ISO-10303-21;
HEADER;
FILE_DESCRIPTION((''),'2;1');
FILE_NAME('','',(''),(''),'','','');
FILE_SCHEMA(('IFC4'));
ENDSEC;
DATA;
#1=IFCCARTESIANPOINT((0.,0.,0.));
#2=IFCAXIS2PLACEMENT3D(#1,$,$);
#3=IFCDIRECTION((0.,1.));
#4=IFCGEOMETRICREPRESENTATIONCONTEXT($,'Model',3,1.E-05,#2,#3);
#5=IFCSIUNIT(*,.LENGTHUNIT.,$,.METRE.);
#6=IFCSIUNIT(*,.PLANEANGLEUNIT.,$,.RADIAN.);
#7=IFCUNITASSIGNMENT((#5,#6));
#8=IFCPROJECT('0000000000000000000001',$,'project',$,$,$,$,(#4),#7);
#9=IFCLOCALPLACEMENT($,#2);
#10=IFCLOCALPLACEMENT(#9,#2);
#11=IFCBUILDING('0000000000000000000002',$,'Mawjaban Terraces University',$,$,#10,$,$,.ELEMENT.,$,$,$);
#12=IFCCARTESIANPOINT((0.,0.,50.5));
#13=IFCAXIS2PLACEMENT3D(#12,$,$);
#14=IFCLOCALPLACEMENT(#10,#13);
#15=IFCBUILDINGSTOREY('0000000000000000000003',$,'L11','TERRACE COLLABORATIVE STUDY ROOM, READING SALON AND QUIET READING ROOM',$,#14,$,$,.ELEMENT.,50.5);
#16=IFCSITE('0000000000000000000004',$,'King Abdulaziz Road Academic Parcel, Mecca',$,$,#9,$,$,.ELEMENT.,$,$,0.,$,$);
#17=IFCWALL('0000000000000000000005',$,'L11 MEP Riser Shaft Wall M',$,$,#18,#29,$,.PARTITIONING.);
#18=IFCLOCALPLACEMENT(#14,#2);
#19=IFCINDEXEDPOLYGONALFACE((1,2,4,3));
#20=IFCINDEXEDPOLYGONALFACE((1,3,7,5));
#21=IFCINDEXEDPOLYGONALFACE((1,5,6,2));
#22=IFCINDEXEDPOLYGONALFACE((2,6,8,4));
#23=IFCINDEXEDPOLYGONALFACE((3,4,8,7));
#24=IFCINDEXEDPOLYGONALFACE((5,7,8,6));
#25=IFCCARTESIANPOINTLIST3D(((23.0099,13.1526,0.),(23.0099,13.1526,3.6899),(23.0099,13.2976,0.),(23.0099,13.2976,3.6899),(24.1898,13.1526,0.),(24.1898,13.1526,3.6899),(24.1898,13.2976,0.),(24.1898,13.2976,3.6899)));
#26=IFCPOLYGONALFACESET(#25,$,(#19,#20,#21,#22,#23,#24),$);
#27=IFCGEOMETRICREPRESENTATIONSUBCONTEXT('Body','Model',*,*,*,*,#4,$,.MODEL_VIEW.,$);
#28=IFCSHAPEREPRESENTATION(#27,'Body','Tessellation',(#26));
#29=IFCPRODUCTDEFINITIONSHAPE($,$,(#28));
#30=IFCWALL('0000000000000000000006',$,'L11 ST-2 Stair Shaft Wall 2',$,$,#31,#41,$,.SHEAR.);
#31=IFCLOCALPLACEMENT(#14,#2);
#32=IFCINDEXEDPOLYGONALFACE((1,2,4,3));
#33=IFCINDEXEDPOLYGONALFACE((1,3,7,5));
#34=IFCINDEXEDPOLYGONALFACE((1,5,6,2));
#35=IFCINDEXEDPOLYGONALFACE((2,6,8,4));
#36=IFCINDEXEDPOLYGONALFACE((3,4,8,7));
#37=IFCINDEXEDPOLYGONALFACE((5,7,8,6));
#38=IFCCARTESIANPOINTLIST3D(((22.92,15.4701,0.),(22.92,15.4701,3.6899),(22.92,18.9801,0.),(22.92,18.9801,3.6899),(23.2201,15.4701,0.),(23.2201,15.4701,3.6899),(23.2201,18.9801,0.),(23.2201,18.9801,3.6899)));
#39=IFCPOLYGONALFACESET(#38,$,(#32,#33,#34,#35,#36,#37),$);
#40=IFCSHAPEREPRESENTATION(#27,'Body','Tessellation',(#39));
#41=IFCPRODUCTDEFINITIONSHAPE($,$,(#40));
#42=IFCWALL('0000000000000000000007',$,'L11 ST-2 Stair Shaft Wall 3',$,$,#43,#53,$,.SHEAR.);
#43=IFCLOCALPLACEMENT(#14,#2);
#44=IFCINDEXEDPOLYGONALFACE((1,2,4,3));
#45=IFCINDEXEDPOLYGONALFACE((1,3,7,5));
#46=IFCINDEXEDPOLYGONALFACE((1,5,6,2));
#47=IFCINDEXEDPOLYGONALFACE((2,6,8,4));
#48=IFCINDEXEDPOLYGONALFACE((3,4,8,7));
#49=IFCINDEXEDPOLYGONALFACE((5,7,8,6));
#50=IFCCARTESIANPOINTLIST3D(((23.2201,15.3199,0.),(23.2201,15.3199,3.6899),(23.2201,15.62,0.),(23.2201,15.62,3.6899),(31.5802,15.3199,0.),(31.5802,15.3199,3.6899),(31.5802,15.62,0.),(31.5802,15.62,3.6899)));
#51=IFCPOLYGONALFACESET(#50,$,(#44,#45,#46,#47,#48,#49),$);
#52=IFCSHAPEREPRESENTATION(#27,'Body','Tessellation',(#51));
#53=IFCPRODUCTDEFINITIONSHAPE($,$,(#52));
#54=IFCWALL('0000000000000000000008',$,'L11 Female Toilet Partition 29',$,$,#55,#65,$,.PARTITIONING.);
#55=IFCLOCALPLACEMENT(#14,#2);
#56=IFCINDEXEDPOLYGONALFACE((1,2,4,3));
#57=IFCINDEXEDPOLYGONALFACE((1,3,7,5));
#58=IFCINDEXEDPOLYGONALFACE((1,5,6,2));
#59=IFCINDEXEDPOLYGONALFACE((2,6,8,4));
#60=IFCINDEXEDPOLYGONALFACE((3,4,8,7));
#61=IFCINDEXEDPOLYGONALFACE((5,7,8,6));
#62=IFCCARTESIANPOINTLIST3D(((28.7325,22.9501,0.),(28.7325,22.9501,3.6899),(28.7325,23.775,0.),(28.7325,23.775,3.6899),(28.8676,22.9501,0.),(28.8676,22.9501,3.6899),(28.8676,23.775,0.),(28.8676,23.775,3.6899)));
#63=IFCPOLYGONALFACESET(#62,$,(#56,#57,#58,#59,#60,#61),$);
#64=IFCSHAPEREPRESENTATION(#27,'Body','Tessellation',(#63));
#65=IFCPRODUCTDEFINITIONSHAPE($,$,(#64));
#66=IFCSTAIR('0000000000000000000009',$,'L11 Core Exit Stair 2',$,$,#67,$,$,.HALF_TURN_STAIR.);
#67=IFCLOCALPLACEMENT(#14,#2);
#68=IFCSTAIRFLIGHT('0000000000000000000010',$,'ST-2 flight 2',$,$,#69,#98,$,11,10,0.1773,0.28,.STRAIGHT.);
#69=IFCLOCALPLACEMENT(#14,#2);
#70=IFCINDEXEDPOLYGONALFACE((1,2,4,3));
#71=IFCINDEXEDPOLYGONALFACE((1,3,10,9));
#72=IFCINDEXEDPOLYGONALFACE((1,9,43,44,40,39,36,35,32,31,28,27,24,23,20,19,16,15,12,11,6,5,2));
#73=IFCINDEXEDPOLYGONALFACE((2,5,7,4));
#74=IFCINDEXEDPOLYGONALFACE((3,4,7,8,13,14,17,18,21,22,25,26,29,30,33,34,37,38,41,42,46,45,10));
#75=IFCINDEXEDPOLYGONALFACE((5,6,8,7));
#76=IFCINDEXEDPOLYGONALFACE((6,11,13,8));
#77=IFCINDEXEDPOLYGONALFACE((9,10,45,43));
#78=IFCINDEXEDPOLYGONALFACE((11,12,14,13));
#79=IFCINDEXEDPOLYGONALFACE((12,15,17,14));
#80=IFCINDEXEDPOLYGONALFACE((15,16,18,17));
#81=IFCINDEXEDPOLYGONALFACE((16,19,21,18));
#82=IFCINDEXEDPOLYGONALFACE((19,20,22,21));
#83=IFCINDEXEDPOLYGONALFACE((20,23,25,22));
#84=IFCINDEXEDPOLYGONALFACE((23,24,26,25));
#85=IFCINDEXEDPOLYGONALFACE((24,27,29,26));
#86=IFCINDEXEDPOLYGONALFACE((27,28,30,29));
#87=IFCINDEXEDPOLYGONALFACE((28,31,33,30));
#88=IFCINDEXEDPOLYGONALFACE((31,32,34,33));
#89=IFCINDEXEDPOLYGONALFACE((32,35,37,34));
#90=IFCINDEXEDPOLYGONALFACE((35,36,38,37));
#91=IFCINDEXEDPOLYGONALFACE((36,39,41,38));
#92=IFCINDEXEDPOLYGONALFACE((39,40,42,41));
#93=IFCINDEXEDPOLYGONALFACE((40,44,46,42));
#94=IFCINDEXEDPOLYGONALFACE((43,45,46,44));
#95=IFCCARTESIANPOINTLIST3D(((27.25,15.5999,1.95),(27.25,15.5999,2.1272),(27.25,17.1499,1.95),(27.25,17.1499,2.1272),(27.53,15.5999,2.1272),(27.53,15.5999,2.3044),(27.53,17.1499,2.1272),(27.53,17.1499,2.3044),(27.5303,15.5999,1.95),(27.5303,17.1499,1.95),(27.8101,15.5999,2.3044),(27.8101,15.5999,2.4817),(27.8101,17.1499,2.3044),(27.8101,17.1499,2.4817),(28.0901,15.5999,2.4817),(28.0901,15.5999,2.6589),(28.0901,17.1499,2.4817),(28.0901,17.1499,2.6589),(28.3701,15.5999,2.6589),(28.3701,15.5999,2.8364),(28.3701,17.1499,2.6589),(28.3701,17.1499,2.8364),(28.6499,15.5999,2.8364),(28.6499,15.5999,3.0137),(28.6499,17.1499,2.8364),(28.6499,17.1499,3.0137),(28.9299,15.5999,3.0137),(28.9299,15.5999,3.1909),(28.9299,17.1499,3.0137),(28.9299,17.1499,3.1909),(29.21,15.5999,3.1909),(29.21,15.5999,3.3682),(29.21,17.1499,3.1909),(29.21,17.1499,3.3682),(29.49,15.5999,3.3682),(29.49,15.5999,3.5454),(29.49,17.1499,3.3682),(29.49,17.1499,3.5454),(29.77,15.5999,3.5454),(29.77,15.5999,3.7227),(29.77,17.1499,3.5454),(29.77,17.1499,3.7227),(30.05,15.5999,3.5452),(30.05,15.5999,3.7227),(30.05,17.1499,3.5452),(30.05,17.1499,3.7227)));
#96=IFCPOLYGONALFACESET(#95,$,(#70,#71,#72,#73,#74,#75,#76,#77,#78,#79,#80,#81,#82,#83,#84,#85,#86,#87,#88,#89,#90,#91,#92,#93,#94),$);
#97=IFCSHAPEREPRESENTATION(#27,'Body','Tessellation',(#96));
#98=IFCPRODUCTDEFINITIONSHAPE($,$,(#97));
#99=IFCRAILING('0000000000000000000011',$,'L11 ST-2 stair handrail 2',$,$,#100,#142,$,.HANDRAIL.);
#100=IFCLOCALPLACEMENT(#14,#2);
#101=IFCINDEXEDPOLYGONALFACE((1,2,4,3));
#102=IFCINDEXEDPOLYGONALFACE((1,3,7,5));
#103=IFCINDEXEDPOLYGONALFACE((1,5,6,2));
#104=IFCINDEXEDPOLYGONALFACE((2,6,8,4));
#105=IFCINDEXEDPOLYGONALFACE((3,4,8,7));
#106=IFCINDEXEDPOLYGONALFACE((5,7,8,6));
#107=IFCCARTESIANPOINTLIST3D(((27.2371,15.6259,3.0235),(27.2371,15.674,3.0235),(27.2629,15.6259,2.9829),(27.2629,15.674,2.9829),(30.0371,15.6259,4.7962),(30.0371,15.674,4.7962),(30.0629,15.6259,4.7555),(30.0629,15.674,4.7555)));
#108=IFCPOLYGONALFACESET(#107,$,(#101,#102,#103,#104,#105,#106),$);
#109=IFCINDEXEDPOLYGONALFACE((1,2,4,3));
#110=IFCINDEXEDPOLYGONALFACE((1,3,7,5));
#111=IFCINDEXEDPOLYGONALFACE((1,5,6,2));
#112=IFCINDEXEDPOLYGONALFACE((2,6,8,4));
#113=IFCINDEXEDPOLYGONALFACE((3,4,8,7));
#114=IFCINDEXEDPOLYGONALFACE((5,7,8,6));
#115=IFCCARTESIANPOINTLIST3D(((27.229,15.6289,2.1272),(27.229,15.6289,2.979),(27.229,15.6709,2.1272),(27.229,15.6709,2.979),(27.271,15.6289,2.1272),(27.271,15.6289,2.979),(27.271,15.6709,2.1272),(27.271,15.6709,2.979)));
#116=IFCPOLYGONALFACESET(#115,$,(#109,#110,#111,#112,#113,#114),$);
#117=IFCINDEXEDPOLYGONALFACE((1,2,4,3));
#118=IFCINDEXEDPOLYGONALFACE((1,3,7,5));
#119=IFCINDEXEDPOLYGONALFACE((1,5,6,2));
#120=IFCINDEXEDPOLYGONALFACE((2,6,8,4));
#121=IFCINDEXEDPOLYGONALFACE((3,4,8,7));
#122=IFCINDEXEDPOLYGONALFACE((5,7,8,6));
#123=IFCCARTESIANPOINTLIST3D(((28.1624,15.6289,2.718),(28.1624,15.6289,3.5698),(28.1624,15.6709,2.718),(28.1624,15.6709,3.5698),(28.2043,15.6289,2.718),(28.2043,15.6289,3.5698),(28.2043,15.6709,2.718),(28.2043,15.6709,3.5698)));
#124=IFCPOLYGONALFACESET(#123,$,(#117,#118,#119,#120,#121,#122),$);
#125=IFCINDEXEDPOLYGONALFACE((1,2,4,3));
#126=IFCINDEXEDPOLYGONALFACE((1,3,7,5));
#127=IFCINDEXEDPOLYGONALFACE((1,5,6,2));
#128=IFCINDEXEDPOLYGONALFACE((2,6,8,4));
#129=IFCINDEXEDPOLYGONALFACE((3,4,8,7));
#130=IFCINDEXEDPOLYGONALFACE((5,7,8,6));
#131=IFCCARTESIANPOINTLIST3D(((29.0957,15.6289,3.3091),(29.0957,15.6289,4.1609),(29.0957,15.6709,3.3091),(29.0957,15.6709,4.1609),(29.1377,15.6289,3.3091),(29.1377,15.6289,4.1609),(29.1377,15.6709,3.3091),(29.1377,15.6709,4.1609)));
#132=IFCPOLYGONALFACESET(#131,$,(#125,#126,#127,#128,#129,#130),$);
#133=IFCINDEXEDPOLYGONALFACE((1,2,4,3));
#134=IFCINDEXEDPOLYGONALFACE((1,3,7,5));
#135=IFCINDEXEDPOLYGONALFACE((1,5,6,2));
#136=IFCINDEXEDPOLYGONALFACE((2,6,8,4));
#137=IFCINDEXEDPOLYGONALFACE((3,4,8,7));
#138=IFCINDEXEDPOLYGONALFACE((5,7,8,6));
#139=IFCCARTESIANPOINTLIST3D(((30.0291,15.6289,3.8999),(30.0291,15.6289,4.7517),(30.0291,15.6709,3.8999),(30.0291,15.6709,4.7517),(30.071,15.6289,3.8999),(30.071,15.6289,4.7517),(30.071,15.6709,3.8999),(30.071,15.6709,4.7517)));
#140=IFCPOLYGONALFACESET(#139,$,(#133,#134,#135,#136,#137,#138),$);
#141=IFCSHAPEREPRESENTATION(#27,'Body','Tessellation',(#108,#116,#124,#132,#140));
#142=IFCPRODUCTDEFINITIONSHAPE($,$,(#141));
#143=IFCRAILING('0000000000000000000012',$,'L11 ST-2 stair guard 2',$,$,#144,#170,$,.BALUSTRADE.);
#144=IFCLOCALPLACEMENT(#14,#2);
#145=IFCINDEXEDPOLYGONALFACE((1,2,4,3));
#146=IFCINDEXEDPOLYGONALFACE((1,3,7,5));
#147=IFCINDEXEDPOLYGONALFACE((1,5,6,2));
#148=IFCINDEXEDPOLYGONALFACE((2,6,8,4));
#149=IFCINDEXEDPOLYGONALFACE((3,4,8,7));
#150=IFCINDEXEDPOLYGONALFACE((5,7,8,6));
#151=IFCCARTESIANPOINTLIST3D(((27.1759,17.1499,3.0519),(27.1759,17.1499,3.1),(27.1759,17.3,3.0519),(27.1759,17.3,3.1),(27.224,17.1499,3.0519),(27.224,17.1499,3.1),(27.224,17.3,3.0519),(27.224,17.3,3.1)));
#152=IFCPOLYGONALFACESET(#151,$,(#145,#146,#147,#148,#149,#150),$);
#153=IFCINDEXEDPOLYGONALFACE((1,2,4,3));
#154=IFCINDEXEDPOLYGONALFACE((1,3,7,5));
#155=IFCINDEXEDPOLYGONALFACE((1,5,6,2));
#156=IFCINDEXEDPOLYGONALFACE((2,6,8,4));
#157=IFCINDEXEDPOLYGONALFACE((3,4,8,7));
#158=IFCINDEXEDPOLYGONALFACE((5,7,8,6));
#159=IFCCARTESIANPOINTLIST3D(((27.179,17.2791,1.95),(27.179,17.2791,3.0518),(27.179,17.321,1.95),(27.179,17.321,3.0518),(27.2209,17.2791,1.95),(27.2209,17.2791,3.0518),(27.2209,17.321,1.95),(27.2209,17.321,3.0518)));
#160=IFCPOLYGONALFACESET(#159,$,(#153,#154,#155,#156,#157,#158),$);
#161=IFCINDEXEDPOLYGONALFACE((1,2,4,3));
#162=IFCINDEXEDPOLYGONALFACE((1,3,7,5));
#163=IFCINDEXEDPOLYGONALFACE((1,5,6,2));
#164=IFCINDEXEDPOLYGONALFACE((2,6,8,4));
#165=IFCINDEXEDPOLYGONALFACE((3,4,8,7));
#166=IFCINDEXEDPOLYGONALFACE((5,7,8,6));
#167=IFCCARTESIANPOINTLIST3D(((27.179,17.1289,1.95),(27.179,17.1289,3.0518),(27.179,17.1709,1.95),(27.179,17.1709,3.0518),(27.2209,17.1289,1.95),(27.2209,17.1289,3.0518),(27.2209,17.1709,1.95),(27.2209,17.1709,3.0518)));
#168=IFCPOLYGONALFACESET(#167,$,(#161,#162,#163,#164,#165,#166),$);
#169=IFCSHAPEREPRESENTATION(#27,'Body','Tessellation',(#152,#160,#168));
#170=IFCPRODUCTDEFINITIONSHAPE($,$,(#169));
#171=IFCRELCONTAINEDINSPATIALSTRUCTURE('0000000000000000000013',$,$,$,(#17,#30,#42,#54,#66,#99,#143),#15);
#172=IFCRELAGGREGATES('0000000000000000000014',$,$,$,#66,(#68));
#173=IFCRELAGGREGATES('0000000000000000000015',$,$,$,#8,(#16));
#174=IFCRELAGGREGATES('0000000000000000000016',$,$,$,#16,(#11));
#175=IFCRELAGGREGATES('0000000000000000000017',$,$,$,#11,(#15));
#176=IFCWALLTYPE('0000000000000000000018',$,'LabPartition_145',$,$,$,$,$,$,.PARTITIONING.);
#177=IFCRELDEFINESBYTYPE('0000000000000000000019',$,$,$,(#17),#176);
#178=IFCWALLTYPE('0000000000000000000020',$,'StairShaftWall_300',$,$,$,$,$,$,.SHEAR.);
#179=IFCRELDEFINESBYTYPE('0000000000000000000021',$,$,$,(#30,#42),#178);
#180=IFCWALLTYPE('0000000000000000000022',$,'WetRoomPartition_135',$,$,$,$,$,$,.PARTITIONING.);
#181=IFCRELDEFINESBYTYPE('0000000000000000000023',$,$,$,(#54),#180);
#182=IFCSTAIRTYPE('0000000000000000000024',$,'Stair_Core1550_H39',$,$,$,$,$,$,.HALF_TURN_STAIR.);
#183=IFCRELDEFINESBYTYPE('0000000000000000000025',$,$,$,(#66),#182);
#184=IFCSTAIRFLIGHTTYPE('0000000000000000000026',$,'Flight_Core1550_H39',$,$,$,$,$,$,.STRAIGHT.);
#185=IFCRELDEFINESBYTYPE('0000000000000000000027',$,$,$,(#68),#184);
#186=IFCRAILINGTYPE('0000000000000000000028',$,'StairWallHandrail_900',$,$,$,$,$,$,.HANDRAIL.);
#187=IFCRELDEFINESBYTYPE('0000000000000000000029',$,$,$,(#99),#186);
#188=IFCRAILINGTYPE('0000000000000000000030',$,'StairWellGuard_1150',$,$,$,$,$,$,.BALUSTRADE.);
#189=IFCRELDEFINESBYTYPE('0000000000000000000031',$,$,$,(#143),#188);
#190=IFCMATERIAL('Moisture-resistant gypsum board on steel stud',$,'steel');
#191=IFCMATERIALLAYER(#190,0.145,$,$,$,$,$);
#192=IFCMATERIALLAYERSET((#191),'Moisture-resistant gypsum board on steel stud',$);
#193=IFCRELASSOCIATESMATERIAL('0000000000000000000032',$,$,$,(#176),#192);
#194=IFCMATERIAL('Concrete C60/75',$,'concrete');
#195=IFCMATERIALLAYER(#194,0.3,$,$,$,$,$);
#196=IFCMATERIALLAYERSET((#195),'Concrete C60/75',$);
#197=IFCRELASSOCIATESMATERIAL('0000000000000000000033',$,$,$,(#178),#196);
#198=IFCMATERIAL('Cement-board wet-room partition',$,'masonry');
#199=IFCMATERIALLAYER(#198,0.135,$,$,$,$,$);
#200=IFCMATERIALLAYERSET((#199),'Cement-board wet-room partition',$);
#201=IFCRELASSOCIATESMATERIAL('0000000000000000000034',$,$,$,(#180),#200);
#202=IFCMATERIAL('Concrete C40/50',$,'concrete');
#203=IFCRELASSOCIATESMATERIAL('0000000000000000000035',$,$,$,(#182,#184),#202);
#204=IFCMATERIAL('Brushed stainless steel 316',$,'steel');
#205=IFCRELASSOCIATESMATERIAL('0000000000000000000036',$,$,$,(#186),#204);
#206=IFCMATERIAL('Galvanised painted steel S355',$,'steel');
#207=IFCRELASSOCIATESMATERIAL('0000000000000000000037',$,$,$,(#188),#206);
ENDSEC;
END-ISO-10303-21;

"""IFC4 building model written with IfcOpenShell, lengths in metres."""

from ifc_helpers import new_model, si_unit, direction, frame, frame_2d, origin, origin_2d, place, context, subcontext, project, spatial, polyline, rectangle, outline, extrude, material, layer, layer_set, type_object, element, aggregate, save


model = new_model("IFC4")

# Units and contexts
model_context = context("Model", 3, precision=1e-05, world=origin(), true_north=direction((0.0, 1.0)))
body_context = subcontext(model_context, "Body", "Model", "MODEL_VIEW")
ifc_project = project(units=[si_unit("LENGTHUNIT", "METRE"), si_unit("PLANEANGLEUNIT", "RADIAN")], contexts=[model_context])

# Site, building, storey
site_placement = place(None, origin())
site = spatial("IfcSite", under=ifc_project, at=site_placement, Name="King Abdulaziz Road Academic Parcel, Mecca", CompositionType="ELEMENT", RefElevation=0.0)
building_placement = place(site_placement, origin())
building = spatial("IfcBuilding", under=site, at=building_placement, Name="Mawjaban Terraces University", CompositionType="ELEMENT")
storey_placement = place(building_placement, frame((0.0, 0.0, 50.5)))
storey = spatial("IfcBuildingStorey", under=building, at=storey_placement, Name="L11", Description="TERRACE COLLABORATIVE STUDY ROOM, READING SALON AND QUIET READING ROOM", CompositionType="ELEMENT", Elevation=50.5)

# Walls
ifc_material_1 = material(Name="Concrete C40/50", Category="concrete")
ifc_material_2 = material(Name="Moisture-resistant gypsum board on steel stud", Category="steel")
ifc_layer_1 = layer(ifc_material_2, 0.145)
ifc_layer_set_1 = layer_set([ifc_layer_1], Name="Moisture-resistant gypsum board on steel stud")
wall_type_1 = type_object("IfcWallType", Name="LabPartition_145", PredefinedType="PARTITIONING", material=ifc_layer_set_1)
wall_1_placement = place(storey_placement, frame((23.01, 13.2251, 0.0), z_axis=(0.0, 0.0, 1.0), x_axis=(1.0, 0.0, 0.0)))
element("IfcWall", 1, at=wall_1_placement, inside=storey, type_object=wall_type_1, Name="L11 MEP Riser Shaft Wall M", PredefinedType="PARTITIONING", context=body_context, shape_type="SweptSolid", body=[
    extrude(rectangle(XDim=1.1799, YDim=0.145, at=frame_2d((0.5898, 0.0))), origin(), (0.0, 0.0, 1.0), 3.6899),
])
ifc_material_3 = material(Name="Concrete C60/75", Category="concrete")
ifc_layer_2 = layer(ifc_material_3, 0.3)
ifc_layer_set_2 = layer_set([ifc_layer_2], Name="Concrete C60/75")
wall_type_2 = type_object("IfcWallType", Name="StairShaftWall_300", PredefinedType="SHEAR", material=ifc_layer_set_2)
wall_2_placement = place(storey_placement, frame((23.0701, 18.98, 0.0), z_axis=(0.0, 0.0, 1.0), x_axis=(0.0, -1.0, 0.0)))
element("IfcWall", 2, at=wall_2_placement, inside=storey, type_object=wall_type_2, Name="L11 ST-2 Stair Shaft Wall 2", PredefinedType="SHEAR", context=body_context, shape_type="SweptSolid", body=[
    extrude(rectangle(XDim=3.51, YDim=0.3, at=frame_2d((1.7549, 0.0))), origin(), (0.0, 0.0, 1.0), 3.6899),
])
wall_3_placement = place(storey_placement, frame((23.22, 15.47, 0.0), z_axis=(0.0, 0.0, 1.0), x_axis=(1.0, 0.0, 0.0)))
element("IfcWall", 3, at=wall_3_placement, inside=storey, type_object=wall_type_2, Name="L11 ST-2 Stair Shaft Wall 3", PredefinedType="SHEAR", context=body_context, shape_type="SweptSolid", body=[
    extrude(rectangle(XDim=8.3601, YDim=0.3, at=frame_2d((4.1802, 0.0))), origin(), (0.0, 0.0, 1.0), 3.6899),
])
ifc_material_4 = material(Name="Cement-board wet-room partition", Category="masonry")
ifc_layer_3 = layer(ifc_material_4, 0.135)
ifc_layer_set_3 = layer_set([ifc_layer_3], Name="Cement-board wet-room partition")
wall_type_3 = type_object("IfcWallType", Name="WetRoomPartition_135", PredefinedType="PARTITIONING", material=ifc_layer_set_3)
wall_4_placement = place(storey_placement, frame((28.8, 22.95, 0.0), z_axis=(0.0, 0.0, 1.0), x_axis=(0.0, 1.0, 0.0)))
element("IfcWall", 4, at=wall_4_placement, inside=storey, type_object=wall_type_3, Name="L11 Female Toilet Partition 29", PredefinedType="PARTITIONING", context=body_context, shape_type="SweptSolid", body=[
    extrude(rectangle(XDim=0.825, YDim=0.135, at=frame_2d((0.4126, 0.0))), origin(), (0.0, 0.0, 1.0), 3.6899),
])

# Stair, stair flight
stair_type = type_object("IfcStairType", Name="Stair_Core1550_H39", PredefinedType="HALF_TURN_STAIR", material=ifc_material_1)
stair_placement = place(storey_placement, origin())
stair = element("IfcStair", 5, at=stair_placement, inside=storey, type_object=stair_type, Name="L11 Core Exit Stair 2", PredefinedType="HALF_TURN_STAIR")
stair_flight_type = type_object("IfcStairFlightType", Name="Flight_Core1550_H39", PredefinedType="STRAIGHT", material=ifc_material_1)
stair_flight_placement = place(storey_placement, frame((27.25, 16.375, 1.95), z_axis=(0.0, 0.0, 1.0), x_axis=(1.0, 0.0, 0.0)))
stair_flight = element("IfcStairFlight", 6, at=stair_flight_placement, type_object=stair_flight_type, Name="ST-2 flight 2", NumberOfRisers=11, NumberOfTreads=10, PredefinedType="STRAIGHT", RiserHeight=0.1773, TreadLength=0.28, context=body_context, shape_type="SweptSolid", body=[
    extrude(outline(polyline([(0.0, 0.0), (0.0, 0.1772), (0.28, 0.1772), (0.28, 0.3545), (0.5601, 0.3545), (0.5601, 0.5317), (0.8401, 0.5317), (0.8401, 0.709), (1.1201, 0.709), (1.1201, 0.8865), (1.3999, 0.8865), (1.3999, 1.0637), (1.6799, 1.0637), (1.6799, 1.241), (1.96, 1.241), (1.96, 1.4182), (2.24, 1.4182), (2.24, 1.5955), (2.52, 1.5955), (2.52, 1.7727), (2.8, 1.7727), (2.8, 1.95), (2.8, 1.5952), (0.2803, 0.0), (0.0, 0.0)])), frame((0.0, 0.7749, 0.0), z_axis=(0.0, -1.0, 0.0), x_axis=(1.0, 0.0, 0.0)), (0.0, 0.0, 1.0), 1.55),
])
aggregate(stair, [stair_flight])

# Railings
ifc_material_5 = material(Name="Brushed stainless steel 316", Category="steel")
railing_type_1 = type_object("IfcRailingType", Name="StairWallHandrail_900", PredefinedType="HANDRAIL", material=ifc_material_5)
railing_1_placement = place(storey_placement, frame((27.25, 15.6499, 2.1272)))
element("IfcRailing", 7, at=railing_1_placement, inside=storey, type_object=railing_type_1, Name="L11 ST-2 stair handrail 2", PredefinedType="HANDRAIL", context=body_context, shape_type="SweptSolid", body=[
    extrude(rectangle(XDim=0.0481, YDim=0.0481, at=origin_2d()), frame((0.0, 0.0, 0.876), z_axis=(0.844909, 0.0, 0.53491), x_axis=(0.0, 1.0, 0.0)), (0.0, 0.0, 1.0), 3.314),
    extrude(rectangle(XDim=0.042, YDim=0.042, at=origin_2d()), origin(), (0.0, 0.0, 1.0), 0.8518),
    extrude(rectangle(XDim=0.042, YDim=0.042, at=origin_2d()), frame((0.9333, 0.0, 0.5908)), (0.0, 0.0, 1.0), 0.8518),
    extrude(rectangle(XDim=0.042, YDim=0.042, at=origin_2d()), frame((1.8667, 0.0, 1.1819)), (0.0, 0.0, 1.0), 0.8518),
    extrude(rectangle(XDim=0.042, YDim=0.042, at=origin_2d()), frame((2.8, 0.0, 1.7727)), (0.0, 0.0, 1.0), 0.8518),
])
ifc_material_6 = material(Name="Galvanised painted steel S355", Category="steel")
railing_type_2 = type_object("IfcRailingType", Name="StairWellGuard_1150", PredefinedType="BALUSTRADE", material=ifc_material_6)
railing_2_placement = place(storey_placement, frame((27.2, 17.3, 1.95)))
element("IfcRailing", 8, at=railing_2_placement, inside=storey, type_object=railing_type_2, Name="L11 ST-2 stair guard 2", PredefinedType="BALUSTRADE", context=body_context, shape_type="SweptSolid", body=[
    extrude(rectangle(XDim=0.0481, YDim=0.0481, at=origin_2d()), frame((0.0, 0.0, 1.126), z_axis=(0.0, -1.0, 0.0), x_axis=(1.0, 0.0, 0.0)), (0.0, 0.0, 1.0), 0.1501),
    extrude(rectangle(XDim=0.042, YDim=0.042, at=origin_2d()), origin(), (0.0, 0.0, 1.0), 1.1018),
    extrude(rectangle(XDim=0.042, YDim=0.042, at=origin_2d()), frame((0.0, -0.1501, 0.0)), (0.0, 0.0, 1.0), 1.1018),
])

save(model, "model.ifc")
